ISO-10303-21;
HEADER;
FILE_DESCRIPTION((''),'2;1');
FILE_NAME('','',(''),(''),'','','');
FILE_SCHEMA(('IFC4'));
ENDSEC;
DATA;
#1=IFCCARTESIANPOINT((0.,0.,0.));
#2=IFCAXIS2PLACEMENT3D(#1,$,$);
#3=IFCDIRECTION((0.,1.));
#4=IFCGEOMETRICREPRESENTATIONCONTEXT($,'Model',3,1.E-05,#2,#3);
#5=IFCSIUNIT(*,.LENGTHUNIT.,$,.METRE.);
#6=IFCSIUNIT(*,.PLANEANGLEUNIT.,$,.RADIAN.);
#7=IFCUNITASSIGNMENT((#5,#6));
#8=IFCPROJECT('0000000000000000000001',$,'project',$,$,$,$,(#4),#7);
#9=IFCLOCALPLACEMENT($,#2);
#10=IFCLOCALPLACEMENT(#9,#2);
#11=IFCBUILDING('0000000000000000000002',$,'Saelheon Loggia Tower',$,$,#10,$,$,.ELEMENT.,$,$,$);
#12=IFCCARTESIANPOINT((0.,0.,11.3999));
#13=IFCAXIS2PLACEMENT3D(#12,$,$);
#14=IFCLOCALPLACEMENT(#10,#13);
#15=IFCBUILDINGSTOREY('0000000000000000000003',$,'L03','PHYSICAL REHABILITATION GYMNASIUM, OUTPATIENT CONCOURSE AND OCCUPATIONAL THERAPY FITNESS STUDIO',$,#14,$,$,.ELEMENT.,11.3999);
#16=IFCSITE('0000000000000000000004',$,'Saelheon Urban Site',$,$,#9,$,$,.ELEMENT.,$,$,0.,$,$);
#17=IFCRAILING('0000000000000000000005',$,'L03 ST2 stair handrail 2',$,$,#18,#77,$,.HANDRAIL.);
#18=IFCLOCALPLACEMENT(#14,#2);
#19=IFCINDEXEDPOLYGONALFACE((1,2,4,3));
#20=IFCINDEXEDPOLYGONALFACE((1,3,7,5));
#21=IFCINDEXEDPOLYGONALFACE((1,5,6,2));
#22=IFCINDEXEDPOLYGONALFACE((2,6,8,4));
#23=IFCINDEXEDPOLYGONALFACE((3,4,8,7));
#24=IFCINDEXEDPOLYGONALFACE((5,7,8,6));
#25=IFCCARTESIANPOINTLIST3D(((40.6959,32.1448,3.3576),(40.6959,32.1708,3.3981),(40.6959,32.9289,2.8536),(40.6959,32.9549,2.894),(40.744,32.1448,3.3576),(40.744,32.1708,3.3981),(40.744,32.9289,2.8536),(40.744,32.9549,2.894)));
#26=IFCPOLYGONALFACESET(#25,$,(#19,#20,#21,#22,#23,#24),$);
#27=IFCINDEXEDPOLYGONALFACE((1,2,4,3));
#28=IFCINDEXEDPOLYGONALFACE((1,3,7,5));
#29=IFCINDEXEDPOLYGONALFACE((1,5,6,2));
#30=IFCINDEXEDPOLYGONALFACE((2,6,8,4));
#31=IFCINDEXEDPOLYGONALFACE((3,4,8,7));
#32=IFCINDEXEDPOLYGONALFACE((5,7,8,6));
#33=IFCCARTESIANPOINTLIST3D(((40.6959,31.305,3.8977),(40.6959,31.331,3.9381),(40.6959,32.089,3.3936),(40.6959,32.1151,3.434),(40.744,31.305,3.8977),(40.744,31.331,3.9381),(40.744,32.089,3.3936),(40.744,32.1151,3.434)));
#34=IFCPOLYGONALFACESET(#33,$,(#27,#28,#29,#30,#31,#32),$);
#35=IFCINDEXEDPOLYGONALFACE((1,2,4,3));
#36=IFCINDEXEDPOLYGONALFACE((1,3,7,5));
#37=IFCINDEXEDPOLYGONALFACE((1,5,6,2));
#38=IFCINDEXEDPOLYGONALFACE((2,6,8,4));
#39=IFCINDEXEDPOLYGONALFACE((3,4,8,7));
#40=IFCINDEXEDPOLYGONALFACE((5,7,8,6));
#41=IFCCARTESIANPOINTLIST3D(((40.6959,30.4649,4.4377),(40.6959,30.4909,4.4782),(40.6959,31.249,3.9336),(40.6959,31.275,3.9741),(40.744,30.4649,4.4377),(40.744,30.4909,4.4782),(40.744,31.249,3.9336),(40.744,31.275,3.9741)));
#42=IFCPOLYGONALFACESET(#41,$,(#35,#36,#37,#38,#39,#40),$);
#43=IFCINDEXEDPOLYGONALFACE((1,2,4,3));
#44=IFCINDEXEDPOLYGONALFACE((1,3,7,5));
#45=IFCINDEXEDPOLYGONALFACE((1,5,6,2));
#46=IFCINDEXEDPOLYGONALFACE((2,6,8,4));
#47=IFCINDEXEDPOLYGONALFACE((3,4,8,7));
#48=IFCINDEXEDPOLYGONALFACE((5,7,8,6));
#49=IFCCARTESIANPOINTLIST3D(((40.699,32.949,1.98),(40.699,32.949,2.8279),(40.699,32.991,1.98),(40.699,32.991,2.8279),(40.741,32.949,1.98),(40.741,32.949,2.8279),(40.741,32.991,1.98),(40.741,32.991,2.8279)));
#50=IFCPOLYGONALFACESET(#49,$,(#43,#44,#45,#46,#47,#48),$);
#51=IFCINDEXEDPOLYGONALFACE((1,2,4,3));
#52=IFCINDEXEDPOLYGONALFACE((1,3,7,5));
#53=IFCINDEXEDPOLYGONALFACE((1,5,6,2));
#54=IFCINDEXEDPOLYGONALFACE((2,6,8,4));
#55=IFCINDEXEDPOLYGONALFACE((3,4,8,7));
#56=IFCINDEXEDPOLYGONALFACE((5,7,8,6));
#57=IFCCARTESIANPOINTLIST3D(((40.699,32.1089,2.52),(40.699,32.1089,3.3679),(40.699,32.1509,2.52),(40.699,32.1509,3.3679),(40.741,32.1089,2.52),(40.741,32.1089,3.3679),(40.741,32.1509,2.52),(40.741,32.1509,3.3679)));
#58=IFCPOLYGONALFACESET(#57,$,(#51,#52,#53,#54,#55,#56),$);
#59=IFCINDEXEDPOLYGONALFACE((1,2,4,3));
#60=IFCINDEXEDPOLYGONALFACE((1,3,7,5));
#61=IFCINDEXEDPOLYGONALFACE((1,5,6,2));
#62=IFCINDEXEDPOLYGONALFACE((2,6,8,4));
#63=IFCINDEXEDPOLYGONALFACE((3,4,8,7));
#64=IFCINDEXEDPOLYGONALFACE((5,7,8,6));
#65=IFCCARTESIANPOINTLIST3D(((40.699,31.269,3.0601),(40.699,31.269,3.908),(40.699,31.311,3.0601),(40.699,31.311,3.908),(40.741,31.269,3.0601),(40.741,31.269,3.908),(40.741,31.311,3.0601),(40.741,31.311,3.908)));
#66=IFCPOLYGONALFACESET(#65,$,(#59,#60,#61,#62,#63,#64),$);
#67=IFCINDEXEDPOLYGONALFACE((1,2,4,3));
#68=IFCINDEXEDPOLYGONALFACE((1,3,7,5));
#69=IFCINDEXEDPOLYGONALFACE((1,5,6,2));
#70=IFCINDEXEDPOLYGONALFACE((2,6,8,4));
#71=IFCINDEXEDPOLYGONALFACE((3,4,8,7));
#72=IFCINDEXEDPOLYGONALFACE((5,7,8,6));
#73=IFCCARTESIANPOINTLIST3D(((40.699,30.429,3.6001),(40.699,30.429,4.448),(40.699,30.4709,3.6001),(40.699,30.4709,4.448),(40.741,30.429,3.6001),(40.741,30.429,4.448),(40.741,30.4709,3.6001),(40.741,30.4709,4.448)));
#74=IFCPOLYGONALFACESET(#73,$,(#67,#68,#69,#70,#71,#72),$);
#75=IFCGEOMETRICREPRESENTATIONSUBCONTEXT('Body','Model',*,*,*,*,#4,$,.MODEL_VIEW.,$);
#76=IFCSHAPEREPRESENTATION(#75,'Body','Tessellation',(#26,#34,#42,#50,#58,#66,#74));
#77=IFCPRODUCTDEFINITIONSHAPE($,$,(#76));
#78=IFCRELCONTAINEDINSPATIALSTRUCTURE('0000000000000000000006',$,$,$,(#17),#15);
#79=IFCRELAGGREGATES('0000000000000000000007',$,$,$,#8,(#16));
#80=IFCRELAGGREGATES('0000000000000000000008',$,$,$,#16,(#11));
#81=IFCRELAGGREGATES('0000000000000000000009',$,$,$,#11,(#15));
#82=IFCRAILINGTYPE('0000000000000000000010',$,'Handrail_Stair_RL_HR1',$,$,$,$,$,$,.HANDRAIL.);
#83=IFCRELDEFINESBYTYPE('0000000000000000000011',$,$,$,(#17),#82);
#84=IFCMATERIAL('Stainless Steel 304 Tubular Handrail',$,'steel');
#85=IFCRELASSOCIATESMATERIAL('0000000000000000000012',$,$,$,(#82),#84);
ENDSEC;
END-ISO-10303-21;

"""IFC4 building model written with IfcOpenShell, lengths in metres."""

from ifc_helpers import new_model, si_unit, direction, frame, origin, origin_2d, place, context, subcontext, project, spatial, rectangle, extrude, material, type_object, element, save


model = new_model("IFC4")

# Units and contexts
model_context = context("Model", 3, precision=1e-05, world=origin(), true_north=direction((0.0, 1.0)))
body_context = subcontext(model_context, "Body", "Model", "MODEL_VIEW")
ifc_project = project(units=[si_unit("LENGTHUNIT", "METRE"), si_unit("PLANEANGLEUNIT", "RADIAN")], contexts=[model_context])

# Site, building, storey
site_placement = place(None, origin())
site = spatial("IfcSite", under=ifc_project, at=site_placement, Name="Saelheon Urban Site", CompositionType="ELEMENT", RefElevation=0.0)
building_placement = place(site_placement, origin())
building = spatial("IfcBuilding", under=site, at=building_placement, Name="Saelheon Loggia Tower", CompositionType="ELEMENT")
storey_placement = place(building_placement, frame((0.0, 0.0, 11.3999)))
storey = spatial("IfcBuildingStorey", under=building, at=storey_placement, Name="L03", Description="PHYSICAL REHABILITATION GYMNASIUM, OUTPATIENT CONCOURSE AND OCCUPATIONAL THERAPY FITNESS STUDIO", CompositionType="ELEMENT", Elevation=11.3999)

# Railing
ifc_material_1 = material(Name="Stainless Steel 304 Tubular Handrail", Category="steel")
railing_type_1 = type_object("IfcRailingType", Name="Handrail_Stair_RL_HR1", PredefinedType="HANDRAIL", material=ifc_material_1)
railing_1_placement = place(storey_placement, frame((40.72, 32.97, 1.98)))
element("IfcRailing", 1, at=railing_1_placement, inside=storey, type_object=railing_type_1, Name="L03 ST2 stair handrail 2", PredefinedType="HANDRAIL", context=body_context, shape_type="SweptSolid", body=[
    extrude(rectangle(XDim=0.0481, YDim=0.0481, at=origin_2d()), frame((0.0, -0.0281, 0.8938), z_axis=(0.0, -0.841163, 0.540782), x_axis=(1.0, 0.0, 0.0)), (0.0, 0.0, 1.0), 0.9321),
    extrude(rectangle(XDim=0.0481, YDim=0.0481, at=origin_2d()), frame((0.0, -0.8679, 1.4338), z_axis=(0.0, -0.841163, 0.540782), x_axis=(1.0, 0.0, 0.0)), (0.0, 0.0, 1.0), 0.9321),
    extrude(rectangle(XDim=0.0481, YDim=0.0481, at=origin_2d()), frame((0.0, -1.708, 1.9739), z_axis=(0.0, -0.841163, 0.540782), x_axis=(1.0, 0.0, 0.0)), (0.0, 0.0, 1.0), 0.9321),
    extrude(rectangle(XDim=0.042, YDim=0.042, at=origin_2d()), origin(), (0.0, 0.0, 1.0), 0.8479),
    extrude(rectangle(XDim=0.042, YDim=0.042, at=origin_2d()), frame((0.0, -0.8401, 0.54)), (0.0, 0.0, 1.0), 0.8479),
    extrude(rectangle(XDim=0.042, YDim=0.042, at=origin_2d()), frame((0.0, -1.6799, 1.0801)), (0.0, 0.0, 1.0), 0.8479),
    extrude(rectangle(XDim=0.042, YDim=0.042, at=origin_2d()), frame((0.0, -2.52, 1.6201)), (0.0, 0.0, 1.0), 0.8479),
])

save(model, "model.ifc")
